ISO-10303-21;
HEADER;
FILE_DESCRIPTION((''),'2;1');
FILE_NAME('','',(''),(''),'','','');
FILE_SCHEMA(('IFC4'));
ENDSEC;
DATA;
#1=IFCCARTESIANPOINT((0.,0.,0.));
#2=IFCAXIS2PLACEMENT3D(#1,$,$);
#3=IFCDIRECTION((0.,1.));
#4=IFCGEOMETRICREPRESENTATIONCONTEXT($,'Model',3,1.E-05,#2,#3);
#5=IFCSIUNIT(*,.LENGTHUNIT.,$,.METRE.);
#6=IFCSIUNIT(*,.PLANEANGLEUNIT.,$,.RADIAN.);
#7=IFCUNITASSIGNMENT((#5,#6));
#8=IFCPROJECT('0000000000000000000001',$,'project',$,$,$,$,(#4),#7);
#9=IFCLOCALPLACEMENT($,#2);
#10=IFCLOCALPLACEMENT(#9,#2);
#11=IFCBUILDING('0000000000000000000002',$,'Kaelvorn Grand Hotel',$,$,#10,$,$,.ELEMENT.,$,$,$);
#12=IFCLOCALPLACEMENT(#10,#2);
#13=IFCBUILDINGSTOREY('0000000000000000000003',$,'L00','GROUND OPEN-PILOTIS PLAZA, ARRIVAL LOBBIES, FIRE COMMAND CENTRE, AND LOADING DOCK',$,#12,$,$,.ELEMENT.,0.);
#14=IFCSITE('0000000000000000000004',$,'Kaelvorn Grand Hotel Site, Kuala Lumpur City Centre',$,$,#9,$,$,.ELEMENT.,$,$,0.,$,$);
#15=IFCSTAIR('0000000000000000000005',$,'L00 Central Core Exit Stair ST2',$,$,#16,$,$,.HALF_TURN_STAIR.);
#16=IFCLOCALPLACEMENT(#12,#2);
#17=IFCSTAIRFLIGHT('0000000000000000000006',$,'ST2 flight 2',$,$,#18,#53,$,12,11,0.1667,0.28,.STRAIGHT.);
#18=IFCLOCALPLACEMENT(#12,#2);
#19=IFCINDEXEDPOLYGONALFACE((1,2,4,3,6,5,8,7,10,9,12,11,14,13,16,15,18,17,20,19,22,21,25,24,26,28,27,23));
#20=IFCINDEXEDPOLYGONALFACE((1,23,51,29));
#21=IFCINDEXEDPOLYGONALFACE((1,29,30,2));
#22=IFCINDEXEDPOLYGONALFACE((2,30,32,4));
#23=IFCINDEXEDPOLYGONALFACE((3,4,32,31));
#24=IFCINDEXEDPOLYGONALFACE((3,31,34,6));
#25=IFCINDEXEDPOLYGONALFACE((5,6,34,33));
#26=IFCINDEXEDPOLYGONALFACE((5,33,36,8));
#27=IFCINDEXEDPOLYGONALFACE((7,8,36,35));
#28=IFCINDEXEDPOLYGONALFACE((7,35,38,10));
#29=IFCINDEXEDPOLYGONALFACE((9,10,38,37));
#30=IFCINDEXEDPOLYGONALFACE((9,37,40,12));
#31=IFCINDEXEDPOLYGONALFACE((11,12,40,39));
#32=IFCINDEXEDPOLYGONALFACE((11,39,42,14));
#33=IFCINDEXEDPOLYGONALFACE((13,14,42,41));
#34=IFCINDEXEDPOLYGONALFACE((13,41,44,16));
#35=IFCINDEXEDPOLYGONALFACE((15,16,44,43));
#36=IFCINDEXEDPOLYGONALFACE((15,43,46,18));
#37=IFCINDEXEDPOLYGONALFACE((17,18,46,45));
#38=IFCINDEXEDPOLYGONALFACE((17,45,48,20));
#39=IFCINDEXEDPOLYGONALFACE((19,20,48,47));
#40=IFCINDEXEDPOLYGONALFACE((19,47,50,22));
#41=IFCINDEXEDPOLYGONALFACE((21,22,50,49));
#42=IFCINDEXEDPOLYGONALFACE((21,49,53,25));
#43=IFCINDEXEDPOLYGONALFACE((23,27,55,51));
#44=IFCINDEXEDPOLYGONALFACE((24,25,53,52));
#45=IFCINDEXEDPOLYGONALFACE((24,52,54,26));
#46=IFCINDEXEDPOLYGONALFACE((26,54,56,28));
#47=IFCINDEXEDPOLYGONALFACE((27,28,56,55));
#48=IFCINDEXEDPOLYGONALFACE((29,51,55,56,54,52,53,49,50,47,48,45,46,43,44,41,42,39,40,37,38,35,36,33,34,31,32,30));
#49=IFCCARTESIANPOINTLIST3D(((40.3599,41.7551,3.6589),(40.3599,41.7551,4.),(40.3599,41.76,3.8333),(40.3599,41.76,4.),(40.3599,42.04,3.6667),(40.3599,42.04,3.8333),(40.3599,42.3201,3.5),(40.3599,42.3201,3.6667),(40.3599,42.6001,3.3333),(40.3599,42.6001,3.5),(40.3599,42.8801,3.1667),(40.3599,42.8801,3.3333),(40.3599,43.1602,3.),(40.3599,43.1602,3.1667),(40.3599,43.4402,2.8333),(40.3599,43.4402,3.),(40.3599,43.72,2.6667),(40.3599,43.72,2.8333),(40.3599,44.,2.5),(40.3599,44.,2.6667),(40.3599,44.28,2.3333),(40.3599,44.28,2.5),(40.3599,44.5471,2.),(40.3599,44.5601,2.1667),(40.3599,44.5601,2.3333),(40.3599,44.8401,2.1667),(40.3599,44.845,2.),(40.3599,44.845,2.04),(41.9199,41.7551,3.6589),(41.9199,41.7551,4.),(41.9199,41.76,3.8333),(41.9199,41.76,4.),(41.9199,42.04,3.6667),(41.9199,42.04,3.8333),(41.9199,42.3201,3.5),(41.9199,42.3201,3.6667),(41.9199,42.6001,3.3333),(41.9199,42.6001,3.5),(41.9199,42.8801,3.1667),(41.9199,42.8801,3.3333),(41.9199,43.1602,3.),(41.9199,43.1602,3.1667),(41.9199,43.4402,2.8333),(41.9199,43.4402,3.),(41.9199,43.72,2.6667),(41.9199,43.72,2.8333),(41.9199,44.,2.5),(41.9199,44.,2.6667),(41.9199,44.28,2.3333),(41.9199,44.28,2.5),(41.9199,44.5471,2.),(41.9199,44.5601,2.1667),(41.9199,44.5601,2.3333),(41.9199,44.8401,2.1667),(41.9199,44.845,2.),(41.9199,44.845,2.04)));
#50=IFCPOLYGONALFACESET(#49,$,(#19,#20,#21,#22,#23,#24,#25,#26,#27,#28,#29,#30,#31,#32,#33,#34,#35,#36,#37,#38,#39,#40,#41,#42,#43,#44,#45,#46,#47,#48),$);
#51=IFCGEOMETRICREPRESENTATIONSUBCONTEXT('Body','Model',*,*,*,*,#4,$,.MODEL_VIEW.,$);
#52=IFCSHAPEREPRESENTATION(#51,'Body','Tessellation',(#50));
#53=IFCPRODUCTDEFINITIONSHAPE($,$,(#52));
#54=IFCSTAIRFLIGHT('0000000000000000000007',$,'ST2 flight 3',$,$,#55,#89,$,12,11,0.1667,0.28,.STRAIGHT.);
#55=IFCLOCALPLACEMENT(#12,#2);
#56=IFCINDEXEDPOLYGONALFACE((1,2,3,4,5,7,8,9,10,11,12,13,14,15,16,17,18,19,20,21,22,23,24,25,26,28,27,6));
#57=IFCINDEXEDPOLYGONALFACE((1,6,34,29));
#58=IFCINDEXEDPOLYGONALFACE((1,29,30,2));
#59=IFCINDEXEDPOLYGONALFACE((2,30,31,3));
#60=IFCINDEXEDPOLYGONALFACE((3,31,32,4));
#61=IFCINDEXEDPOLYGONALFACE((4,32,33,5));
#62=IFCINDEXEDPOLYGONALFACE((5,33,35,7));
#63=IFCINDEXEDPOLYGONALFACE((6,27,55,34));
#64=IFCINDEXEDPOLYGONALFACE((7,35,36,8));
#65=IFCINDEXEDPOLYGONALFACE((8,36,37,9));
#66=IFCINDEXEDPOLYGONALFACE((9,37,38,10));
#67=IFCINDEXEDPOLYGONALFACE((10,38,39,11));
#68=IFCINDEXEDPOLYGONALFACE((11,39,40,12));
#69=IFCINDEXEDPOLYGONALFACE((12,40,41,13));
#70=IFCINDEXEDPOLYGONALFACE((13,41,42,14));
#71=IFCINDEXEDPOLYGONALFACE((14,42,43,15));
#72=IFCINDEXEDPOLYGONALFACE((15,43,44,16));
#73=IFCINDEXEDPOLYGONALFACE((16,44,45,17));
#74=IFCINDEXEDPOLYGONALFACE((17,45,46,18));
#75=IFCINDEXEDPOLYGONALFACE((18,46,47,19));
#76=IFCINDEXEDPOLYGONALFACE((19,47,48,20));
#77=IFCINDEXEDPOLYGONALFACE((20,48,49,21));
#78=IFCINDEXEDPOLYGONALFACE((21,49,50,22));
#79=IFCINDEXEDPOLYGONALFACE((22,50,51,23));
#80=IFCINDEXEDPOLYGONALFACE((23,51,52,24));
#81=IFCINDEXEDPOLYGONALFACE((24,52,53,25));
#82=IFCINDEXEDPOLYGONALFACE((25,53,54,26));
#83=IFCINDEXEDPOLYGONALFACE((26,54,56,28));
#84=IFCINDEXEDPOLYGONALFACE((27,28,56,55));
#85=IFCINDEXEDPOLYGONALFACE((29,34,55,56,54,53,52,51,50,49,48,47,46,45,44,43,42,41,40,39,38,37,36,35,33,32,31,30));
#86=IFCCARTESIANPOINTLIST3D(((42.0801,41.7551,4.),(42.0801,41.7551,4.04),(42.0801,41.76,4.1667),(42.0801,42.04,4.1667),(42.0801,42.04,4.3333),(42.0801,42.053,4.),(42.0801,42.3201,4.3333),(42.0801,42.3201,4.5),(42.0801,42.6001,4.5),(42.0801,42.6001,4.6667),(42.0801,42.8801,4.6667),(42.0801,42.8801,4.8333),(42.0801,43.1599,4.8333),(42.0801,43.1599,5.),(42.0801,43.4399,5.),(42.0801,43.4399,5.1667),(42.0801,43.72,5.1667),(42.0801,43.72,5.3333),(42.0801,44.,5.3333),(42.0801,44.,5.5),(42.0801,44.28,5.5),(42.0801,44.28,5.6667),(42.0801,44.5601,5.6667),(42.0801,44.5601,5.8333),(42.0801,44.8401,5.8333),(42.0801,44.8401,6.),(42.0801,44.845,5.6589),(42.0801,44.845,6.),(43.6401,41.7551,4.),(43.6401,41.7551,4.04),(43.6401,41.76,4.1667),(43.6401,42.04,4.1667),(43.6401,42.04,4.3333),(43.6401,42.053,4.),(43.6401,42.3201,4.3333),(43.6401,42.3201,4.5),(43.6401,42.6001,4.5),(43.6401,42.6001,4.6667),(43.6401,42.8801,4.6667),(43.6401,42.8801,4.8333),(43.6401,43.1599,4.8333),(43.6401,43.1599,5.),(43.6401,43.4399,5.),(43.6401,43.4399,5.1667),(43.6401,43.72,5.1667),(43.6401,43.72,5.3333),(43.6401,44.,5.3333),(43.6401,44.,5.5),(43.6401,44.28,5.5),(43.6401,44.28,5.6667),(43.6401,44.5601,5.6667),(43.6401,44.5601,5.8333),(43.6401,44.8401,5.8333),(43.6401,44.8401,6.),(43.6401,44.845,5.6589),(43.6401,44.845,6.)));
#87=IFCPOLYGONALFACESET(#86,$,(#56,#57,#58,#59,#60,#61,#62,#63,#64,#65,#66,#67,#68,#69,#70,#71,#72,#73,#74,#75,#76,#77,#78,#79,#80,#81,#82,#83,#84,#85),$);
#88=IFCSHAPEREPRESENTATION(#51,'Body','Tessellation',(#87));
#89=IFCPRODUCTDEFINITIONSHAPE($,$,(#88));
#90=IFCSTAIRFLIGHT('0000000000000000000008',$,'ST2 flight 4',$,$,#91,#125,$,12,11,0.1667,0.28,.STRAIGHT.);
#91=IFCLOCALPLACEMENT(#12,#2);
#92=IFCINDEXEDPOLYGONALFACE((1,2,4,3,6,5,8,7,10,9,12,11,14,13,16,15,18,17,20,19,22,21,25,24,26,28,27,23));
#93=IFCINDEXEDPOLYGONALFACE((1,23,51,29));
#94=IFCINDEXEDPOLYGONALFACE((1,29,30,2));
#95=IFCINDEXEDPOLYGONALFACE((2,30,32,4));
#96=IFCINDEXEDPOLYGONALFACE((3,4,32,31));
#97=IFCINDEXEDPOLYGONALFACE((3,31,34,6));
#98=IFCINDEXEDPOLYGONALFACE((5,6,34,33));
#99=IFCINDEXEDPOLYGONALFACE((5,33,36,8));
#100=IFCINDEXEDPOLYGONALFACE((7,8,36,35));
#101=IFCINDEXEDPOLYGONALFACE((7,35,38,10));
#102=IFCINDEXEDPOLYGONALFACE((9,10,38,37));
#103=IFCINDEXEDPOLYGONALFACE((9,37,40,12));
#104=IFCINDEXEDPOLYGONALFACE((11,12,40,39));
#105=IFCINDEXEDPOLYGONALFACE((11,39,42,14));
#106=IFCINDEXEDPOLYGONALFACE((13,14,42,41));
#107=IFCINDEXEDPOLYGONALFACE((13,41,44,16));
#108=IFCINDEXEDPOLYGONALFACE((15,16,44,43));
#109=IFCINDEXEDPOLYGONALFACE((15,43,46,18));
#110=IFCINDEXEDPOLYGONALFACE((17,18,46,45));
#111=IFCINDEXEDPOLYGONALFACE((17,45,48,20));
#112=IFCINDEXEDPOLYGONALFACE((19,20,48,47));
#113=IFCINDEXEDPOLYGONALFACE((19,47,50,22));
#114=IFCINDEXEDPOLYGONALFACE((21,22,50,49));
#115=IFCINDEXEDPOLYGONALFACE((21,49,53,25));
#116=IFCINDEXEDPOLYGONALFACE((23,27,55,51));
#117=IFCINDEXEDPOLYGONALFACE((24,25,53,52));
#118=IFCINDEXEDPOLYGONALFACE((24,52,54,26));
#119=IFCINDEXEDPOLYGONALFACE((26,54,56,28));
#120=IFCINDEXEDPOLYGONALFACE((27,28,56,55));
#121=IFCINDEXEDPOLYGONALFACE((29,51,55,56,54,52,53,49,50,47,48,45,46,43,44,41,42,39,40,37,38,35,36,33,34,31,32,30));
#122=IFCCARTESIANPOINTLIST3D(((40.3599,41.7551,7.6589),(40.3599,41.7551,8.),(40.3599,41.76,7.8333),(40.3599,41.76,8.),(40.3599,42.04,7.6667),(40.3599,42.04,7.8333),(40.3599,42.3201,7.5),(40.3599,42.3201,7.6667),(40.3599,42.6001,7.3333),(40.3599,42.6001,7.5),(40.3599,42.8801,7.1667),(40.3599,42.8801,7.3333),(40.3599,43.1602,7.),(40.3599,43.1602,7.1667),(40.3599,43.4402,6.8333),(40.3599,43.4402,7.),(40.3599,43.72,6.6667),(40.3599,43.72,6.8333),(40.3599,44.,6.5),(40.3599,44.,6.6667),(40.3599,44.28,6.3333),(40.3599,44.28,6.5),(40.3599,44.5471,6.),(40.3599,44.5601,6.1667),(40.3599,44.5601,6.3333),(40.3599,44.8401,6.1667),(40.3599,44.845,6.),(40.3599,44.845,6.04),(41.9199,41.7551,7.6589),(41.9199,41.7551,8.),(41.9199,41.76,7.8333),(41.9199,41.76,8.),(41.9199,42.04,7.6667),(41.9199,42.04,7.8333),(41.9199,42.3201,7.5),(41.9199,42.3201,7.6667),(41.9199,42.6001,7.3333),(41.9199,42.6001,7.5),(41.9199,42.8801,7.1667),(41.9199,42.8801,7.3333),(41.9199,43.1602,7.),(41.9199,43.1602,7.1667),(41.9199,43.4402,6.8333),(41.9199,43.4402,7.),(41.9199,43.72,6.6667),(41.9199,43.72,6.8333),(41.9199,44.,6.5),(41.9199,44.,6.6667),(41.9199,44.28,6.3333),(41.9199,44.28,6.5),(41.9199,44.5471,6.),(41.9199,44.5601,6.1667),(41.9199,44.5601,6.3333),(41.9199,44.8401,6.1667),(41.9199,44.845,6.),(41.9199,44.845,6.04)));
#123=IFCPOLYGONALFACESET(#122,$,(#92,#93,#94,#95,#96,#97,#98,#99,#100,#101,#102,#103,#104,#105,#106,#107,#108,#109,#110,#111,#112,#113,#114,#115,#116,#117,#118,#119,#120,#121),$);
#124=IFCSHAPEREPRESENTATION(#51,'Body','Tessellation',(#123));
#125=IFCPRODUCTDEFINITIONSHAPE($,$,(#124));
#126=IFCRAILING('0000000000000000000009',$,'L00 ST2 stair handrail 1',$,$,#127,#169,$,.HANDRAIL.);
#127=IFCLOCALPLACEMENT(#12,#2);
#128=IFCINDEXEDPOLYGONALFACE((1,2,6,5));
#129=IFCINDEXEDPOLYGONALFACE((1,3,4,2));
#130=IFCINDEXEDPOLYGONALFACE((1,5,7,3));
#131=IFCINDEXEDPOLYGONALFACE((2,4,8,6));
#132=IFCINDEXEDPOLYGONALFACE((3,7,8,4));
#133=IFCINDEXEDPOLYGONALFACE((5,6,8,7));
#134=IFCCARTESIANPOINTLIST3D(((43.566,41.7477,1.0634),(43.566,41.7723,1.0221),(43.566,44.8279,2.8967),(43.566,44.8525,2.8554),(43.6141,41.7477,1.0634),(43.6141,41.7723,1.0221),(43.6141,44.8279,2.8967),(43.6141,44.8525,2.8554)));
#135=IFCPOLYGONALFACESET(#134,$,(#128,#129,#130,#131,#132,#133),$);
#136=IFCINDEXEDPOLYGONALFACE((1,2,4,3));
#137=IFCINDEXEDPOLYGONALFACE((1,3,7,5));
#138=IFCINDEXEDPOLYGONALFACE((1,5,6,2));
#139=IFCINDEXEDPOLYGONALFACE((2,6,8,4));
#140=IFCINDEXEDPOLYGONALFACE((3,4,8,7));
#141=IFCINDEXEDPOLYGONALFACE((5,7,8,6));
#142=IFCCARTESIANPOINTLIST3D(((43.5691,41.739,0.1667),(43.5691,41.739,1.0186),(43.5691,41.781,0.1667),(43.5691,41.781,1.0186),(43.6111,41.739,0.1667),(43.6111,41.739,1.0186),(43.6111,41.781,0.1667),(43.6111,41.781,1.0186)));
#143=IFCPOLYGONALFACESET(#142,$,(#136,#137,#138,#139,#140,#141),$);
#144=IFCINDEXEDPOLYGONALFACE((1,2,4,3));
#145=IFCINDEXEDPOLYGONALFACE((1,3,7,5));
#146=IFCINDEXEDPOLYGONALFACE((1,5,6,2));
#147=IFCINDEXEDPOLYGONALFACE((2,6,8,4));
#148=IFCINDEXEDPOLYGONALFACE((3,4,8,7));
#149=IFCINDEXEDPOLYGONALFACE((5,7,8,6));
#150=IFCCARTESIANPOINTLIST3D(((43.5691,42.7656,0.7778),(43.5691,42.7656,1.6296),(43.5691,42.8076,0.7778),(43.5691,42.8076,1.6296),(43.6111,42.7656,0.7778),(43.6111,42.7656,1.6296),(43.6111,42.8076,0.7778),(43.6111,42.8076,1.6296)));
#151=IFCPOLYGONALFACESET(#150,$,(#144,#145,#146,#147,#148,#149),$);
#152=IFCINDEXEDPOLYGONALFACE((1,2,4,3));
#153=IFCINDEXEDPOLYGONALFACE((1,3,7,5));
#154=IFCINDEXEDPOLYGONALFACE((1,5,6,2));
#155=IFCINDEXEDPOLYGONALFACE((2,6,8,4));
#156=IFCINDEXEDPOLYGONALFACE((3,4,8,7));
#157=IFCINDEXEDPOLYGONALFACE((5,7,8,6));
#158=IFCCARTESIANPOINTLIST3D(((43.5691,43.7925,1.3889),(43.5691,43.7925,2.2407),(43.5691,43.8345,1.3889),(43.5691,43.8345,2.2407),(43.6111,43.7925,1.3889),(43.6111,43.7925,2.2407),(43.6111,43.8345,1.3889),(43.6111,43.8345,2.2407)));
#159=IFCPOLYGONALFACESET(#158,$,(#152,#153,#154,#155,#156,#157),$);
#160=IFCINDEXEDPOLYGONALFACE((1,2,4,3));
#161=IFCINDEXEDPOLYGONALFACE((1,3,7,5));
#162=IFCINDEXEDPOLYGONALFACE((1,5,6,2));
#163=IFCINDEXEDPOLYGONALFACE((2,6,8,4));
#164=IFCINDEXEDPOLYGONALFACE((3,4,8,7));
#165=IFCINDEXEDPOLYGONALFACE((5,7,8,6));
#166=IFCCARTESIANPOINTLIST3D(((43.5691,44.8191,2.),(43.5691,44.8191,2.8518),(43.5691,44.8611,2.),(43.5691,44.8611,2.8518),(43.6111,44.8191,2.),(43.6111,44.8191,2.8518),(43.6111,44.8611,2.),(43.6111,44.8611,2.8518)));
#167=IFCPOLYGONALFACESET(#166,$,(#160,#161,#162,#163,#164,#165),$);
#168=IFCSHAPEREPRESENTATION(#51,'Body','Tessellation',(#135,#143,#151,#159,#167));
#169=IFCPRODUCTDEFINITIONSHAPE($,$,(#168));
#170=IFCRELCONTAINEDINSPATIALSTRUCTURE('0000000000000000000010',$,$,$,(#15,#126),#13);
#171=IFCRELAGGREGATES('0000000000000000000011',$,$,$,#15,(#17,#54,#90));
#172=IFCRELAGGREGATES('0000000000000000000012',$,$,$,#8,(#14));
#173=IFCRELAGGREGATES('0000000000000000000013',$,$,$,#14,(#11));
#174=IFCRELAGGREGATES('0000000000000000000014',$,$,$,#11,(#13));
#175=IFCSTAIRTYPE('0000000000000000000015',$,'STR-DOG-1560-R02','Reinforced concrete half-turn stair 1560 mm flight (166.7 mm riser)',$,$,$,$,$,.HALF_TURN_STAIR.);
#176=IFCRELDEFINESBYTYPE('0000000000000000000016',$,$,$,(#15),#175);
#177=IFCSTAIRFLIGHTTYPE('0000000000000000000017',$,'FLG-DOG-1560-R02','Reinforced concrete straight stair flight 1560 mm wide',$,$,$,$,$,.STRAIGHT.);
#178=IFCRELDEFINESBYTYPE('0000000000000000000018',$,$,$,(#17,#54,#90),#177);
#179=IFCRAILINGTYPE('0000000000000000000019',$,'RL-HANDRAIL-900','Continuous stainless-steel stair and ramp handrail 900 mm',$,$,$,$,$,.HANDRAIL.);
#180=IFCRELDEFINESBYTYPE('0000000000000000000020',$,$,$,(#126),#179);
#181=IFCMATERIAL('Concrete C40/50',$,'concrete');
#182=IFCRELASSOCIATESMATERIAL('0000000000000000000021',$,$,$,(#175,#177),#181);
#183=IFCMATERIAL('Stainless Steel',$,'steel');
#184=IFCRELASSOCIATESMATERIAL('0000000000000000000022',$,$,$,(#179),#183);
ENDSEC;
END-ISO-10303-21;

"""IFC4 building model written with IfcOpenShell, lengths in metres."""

from ifc_helpers import new_model, si_unit, direction, frame, origin, origin_2d, place, context, subcontext, project, spatial, polyline, rectangle, outline, extrude, material, type_object, element, aggregate, save


model = new_model("IFC4")

# Units and contexts
model_context = context("Model", 3, precision=1e-05, world=origin(), true_north=direction((0.0, 1.0)))
body_context = subcontext(model_context, "Body", "Model", "MODEL_VIEW")
ifc_project = project(units=[si_unit("LENGTHUNIT", "METRE"), si_unit("PLANEANGLEUNIT", "RADIAN")], contexts=[model_context])

# Site, building, storey
site_placement = place(None, origin())
site = spatial("IfcSite", under=ifc_project, at=site_placement, Name="Kaelvorn Grand Hotel Site, Kuala Lumpur City Centre", CompositionType="ELEMENT", RefElevation=0.0)
building_placement = place(site_placement, origin())
building = spatial("IfcBuilding", under=site, at=building_placement, Name="Kaelvorn Grand Hotel", CompositionType="ELEMENT")
storey_placement = place(building_placement, origin())
storey = spatial("IfcBuildingStorey", under=building, at=storey_placement, Name="L00", Description="GROUND OPEN-PILOTIS PLAZA, ARRIVAL LOBBIES, FIRE COMMAND CENTRE, AND LOADING DOCK", CompositionType="ELEMENT", Elevation=0.0)

# Shared definitions
ifc_material_1 = material(Name="Concrete C40/50", Category="concrete")

# Stair, stair flights
stair_type = type_object("IfcStairType", Name="STR-DOG-1560-R02", Description="Reinforced concrete half-turn stair 1560 mm flight (166.7 mm riser)", PredefinedType="HALF_TURN_STAIR", material=ifc_material_1)
stair_placement = place(storey_placement, origin())
stair = element("IfcStair", 1, at=stair_placement, inside=storey, type_object=stair_type, Name="L00 Central Core Exit Stair ST2", PredefinedType="HALF_TURN_STAIR")
stair_flight_type = type_object("IfcStairFlightType", Name="FLG-DOG-1560-R02", Description="Reinforced concrete straight stair flight 1560 mm wide", PredefinedType="STRAIGHT", material=ifc_material_1)
stair_flight_1_placement = place(storey_placement, frame((41.1399, 44.8401, 2.0), z_axis=(0.0, 0.0, 1.0), x_axis=(0.0, -1.0, 0.0)))
stair_flight_1 = element("IfcStairFlight", 2, at=stair_flight_1_placement, type_object=stair_flight_type, Name="ST2 flight 2", NumberOfRisers=12, NumberOfTreads=11, PredefinedType="STRAIGHT", RiserHeight=0.1667, TreadLength=0.28, context=body_context, shape_type="SweptSolid", body=[
    extrude(outline(polyline([(-0.0049, 0.0), (-0.0049, 0.04), (0.0, 0.1667), (0.28, 0.1667), (0.28, 0.3333), (0.5601, 0.3333), (0.5601, 0.5), (0.8401, 0.5), (0.8401, 0.6667), (1.1201, 0.6667), (1.1201, 0.8333), (1.3999, 0.8333), (1.3999, 1.0), (1.6799, 1.0), (1.6799, 1.1667), (1.96, 1.1667), (1.96, 1.3333), (2.24, 1.3333), (2.24, 1.5), (2.52, 1.5), (2.52, 1.6667), (2.8, 1.6667), (2.8, 1.8333), (3.0801, 1.8333), (3.0801, 2.0), (3.085, 2.0), (3.085, 1.6589), (0.293, 0.0), (-0.0049, 0.0)])), frame((0.0, 0.78, 0.0), z_axis=(0.0, -1.0, 0.0), x_axis=(1.0, 0.0, 0.0)), (0.0, 0.0, 1.0), 1.5601),
])
stair_flight_2_placement = place(storey_placement, frame((42.8601, 41.76, 4.0), z_axis=(0.0, 0.0, 1.0), x_axis=(0.0, 1.0, 0.0)))
stair_flight_2 = element("IfcStairFlight", 3, at=stair_flight_2_placement, type_object=stair_flight_type, Name="ST2 flight 3", NumberOfRisers=12, NumberOfTreads=11, PredefinedType="STRAIGHT", RiserHeight=0.1667, TreadLength=0.28, context=body_context, shape_type="SweptSolid", body=[
    extrude(outline(polyline([(-0.0049, 0.0), (-0.0049, 0.04), (0.0, 0.1667), (0.28, 0.1667), (0.28, 0.3333), (0.5601, 0.3333), (0.5601, 0.5), (0.8401, 0.5), (0.8401, 0.6667), (1.1201, 0.6667), (1.1201, 0.8333), (1.3999, 0.8333), (1.3999, 1.0), (1.6799, 1.0), (1.6799, 1.1667), (1.96, 1.1667), (1.96, 1.3333), (2.24, 1.3333), (2.24, 1.5), (2.52, 1.5), (2.52, 1.6667), (2.8, 1.6667), (2.8, 1.8333), (3.0801, 1.8333), (3.0801, 2.0), (3.085, 2.0), (3.085, 1.6589), (0.293, 0.0), (-0.0049, 0.0)])), frame((0.0, 0.78, 0.0), z_axis=(0.0, -1.0, 0.0), x_axis=(1.0, 0.0, 0.0)), (0.0, 0.0, 1.0), 1.5601),
])
stair_flight_3_placement = place(storey_placement, frame((41.1399, 44.8401, 6.0), z_axis=(0.0, 0.0, 1.0), x_axis=(0.0, -1.0, 0.0)))
stair_flight_3 = element("IfcStairFlight", 4, at=stair_flight_3_placement, type_object=stair_flight_type, Name="ST2 flight 4", NumberOfRisers=12, NumberOfTreads=11, PredefinedType="STRAIGHT", RiserHeight=0.1667, TreadLength=0.28, context=body_context, shape_type="SweptSolid", body=[
    extrude(outline(polyline([(-0.0049, 0.0), (-0.0049, 0.04), (0.0, 0.1667), (0.28, 0.1667), (0.28, 0.3333), (0.5601, 0.3333), (0.5601, 0.5), (0.8401, 0.5), (0.8401, 0.6667), (1.1201, 0.6667), (1.1201, 0.8333), (1.3999, 0.8333), (1.3999, 1.0), (1.6799, 1.0), (1.6799, 1.1667), (1.96, 1.1667), (1.96, 1.3333), (2.24, 1.3333), (2.24, 1.5), (2.52, 1.5), (2.52, 1.6667), (2.8, 1.6667), (2.8, 1.8333), (3.0801, 1.8333), (3.0801, 2.0), (3.085, 2.0), (3.085, 1.6589), (0.293, 0.0), (-0.0049, 0.0)])), frame((0.0, 0.78, 0.0), z_axis=(0.0, -1.0, 0.0), x_axis=(1.0, 0.0, 0.0)), (0.0, 0.0, 1.0), 1.5601),
])
aggregate(stair, [stair_flight_1, stair_flight_2, stair_flight_3])

# Railing
ifc_material_2 = material(Name="Stainless Steel", Category="steel")
railing_type_1 = type_object("IfcRailingType", Name="RL-HANDRAIL-900", Description="Continuous stainless-steel stair and ramp handrail 900 mm", PredefinedType="HANDRAIL", material=ifc_material_2)
railing_1_placement = place(storey_placement, frame((43.5901, 41.76, 0.1667)))
element("IfcRailing", 5, at=railing_1_placement, inside=storey, type_object=railing_type_1, Name="L00 ST2 stair handrail 1", PredefinedType="HANDRAIL", context=body_context, shape_type="SweptSolid", body=[
    extrude(rectangle(XDim=0.0481, YDim=0.0481, at=origin_2d()), frame((0.0, 0.0, 0.876), z_axis=(0.0, 0.859309, 0.511458), x_axis=(-1.0, 0.0, 0.0)), (0.0, 0.0, 1.0), 3.5845),
    extrude(rectangle(XDim=0.042, YDim=0.042, at=origin_2d()), origin(), (0.0, 0.0, 1.0), 0.8518),
    extrude(rectangle(XDim=0.042, YDim=0.042, at=origin_2d()), frame((0.0, 1.0266, 0.6111)), (0.0, 0.0, 1.0), 0.8518),
    extrude(rectangle(XDim=0.042, YDim=0.042, at=origin_2d()), frame((0.0, 2.0535, 1.2222)), (0.0, 0.0, 1.0), 0.8518),
    extrude(rectangle(XDim=0.042, YDim=0.042, at=origin_2d()), frame((0.0, 3.0801, 1.8333)), (0.0, 0.0, 1.0), 0.8518),
])

save(model, "model.ifc")
